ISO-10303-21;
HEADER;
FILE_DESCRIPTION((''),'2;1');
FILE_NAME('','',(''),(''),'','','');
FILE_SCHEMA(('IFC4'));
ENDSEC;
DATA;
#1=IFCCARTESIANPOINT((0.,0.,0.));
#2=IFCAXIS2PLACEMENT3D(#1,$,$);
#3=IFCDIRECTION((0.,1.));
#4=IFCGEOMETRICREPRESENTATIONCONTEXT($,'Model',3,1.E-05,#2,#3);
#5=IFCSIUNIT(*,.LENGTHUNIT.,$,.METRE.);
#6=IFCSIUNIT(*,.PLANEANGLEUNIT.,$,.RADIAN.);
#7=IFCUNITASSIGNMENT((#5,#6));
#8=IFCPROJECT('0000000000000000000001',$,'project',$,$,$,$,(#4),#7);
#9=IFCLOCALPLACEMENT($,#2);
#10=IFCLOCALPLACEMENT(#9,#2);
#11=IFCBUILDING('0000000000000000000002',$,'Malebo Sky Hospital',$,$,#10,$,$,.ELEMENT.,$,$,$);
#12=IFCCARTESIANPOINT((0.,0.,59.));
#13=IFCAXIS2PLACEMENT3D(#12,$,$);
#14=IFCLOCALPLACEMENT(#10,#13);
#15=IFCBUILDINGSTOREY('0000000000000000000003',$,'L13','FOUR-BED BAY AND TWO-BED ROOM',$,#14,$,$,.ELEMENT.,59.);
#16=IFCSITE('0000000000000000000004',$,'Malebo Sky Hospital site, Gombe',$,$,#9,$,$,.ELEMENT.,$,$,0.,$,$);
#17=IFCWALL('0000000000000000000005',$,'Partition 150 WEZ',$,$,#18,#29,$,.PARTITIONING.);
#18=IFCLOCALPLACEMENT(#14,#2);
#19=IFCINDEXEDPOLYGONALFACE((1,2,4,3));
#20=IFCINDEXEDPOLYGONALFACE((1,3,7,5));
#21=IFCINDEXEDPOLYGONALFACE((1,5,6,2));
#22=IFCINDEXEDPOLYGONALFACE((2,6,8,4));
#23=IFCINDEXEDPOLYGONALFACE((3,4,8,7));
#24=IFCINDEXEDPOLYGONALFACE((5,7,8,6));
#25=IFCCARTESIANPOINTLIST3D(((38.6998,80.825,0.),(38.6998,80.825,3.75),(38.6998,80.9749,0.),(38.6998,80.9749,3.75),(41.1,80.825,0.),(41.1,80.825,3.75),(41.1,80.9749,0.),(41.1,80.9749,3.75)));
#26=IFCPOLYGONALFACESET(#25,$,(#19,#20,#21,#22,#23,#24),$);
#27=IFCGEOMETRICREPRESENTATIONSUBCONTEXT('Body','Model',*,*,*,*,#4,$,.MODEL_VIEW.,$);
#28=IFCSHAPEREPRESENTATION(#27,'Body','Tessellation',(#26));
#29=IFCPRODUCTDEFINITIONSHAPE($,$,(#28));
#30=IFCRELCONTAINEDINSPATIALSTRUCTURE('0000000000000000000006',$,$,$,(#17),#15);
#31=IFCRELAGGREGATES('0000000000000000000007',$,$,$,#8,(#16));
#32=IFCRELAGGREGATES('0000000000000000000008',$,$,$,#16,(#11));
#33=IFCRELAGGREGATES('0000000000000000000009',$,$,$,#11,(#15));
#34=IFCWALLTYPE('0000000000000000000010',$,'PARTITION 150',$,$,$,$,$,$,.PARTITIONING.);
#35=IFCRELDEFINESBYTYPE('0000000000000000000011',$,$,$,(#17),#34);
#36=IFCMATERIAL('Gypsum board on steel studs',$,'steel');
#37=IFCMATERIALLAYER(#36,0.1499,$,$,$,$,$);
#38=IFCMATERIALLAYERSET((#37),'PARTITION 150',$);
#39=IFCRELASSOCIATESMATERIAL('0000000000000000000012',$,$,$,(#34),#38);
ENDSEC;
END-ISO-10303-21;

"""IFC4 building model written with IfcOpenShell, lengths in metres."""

from ifc_helpers import new_model, si_unit, direction, frame, frame_2d, origin, place, context, subcontext, project, spatial, rectangle, extrude, material, layer, layer_set, type_object, element, save


model = new_model("IFC4")

# Units and contexts
model_context = context("Model", 3, precision=1e-05, world=origin(), true_north=direction((0.0, 1.0)))
body_context = subcontext(model_context, "Body", "Model", "MODEL_VIEW")
ifc_project = project(units=[si_unit("LENGTHUNIT", "METRE"), si_unit("PLANEANGLEUNIT", "RADIAN")], contexts=[model_context])

# Site, building, storey
site_placement = place(None, origin())
site = spatial("IfcSite", under=ifc_project, at=site_placement, Name="Malebo Sky Hospital site, Gombe", CompositionType="ELEMENT", RefElevation=0.0)
building_placement = place(site_placement, origin())
building = spatial("IfcBuilding", under=site, at=building_placement, Name="Malebo Sky Hospital", CompositionType="ELEMENT")
storey_placement = place(building_placement, frame((0.0, 0.0, 59.0)))
storey = spatial("IfcBuildingStorey", under=building, at=storey_placement, Name="L13", Description="FOUR-BED BAY AND TWO-BED ROOM", CompositionType="ELEMENT", Elevation=59.0)

# Shared definitions
ifc_material_1 = material(Name="Gypsum board on steel studs", Category="steel")

# Shared definitions
ifc_layer_1 = layer(ifc_material_1, 0.1499)
ifc_layer_set_1 = layer_set([ifc_layer_1], Name="PARTITION 150")
wall_type_1 = type_object("IfcWallType", Name="PARTITION 150", PredefinedType="PARTITIONING", material=ifc_layer_set_1)

# Wall
for number, where, z_axis, x_axis, name in (
    (1, (41.1001, 80.8999, 0.0), (0.0, 0.0, 1.0), (-1.0, 0.0, 0.0), "Partition 150 WEZ"),
):
    element("IfcWall", number, at=place(storey_placement, frame(where, z_axis=z_axis, x_axis=x_axis)), inside=storey, type_object=wall_type_1, Name=name, PredefinedType="PARTITIONING", context=body_context, shape_type="SweptSolid", body=[
        extrude(rectangle(XDim=2.4001, YDim=0.1499, at=frame_2d((1.2002, 0.0))), origin(), (0.0, 0.0, 1.0), 3.75),
    ])

save(model, "model.ifc")
